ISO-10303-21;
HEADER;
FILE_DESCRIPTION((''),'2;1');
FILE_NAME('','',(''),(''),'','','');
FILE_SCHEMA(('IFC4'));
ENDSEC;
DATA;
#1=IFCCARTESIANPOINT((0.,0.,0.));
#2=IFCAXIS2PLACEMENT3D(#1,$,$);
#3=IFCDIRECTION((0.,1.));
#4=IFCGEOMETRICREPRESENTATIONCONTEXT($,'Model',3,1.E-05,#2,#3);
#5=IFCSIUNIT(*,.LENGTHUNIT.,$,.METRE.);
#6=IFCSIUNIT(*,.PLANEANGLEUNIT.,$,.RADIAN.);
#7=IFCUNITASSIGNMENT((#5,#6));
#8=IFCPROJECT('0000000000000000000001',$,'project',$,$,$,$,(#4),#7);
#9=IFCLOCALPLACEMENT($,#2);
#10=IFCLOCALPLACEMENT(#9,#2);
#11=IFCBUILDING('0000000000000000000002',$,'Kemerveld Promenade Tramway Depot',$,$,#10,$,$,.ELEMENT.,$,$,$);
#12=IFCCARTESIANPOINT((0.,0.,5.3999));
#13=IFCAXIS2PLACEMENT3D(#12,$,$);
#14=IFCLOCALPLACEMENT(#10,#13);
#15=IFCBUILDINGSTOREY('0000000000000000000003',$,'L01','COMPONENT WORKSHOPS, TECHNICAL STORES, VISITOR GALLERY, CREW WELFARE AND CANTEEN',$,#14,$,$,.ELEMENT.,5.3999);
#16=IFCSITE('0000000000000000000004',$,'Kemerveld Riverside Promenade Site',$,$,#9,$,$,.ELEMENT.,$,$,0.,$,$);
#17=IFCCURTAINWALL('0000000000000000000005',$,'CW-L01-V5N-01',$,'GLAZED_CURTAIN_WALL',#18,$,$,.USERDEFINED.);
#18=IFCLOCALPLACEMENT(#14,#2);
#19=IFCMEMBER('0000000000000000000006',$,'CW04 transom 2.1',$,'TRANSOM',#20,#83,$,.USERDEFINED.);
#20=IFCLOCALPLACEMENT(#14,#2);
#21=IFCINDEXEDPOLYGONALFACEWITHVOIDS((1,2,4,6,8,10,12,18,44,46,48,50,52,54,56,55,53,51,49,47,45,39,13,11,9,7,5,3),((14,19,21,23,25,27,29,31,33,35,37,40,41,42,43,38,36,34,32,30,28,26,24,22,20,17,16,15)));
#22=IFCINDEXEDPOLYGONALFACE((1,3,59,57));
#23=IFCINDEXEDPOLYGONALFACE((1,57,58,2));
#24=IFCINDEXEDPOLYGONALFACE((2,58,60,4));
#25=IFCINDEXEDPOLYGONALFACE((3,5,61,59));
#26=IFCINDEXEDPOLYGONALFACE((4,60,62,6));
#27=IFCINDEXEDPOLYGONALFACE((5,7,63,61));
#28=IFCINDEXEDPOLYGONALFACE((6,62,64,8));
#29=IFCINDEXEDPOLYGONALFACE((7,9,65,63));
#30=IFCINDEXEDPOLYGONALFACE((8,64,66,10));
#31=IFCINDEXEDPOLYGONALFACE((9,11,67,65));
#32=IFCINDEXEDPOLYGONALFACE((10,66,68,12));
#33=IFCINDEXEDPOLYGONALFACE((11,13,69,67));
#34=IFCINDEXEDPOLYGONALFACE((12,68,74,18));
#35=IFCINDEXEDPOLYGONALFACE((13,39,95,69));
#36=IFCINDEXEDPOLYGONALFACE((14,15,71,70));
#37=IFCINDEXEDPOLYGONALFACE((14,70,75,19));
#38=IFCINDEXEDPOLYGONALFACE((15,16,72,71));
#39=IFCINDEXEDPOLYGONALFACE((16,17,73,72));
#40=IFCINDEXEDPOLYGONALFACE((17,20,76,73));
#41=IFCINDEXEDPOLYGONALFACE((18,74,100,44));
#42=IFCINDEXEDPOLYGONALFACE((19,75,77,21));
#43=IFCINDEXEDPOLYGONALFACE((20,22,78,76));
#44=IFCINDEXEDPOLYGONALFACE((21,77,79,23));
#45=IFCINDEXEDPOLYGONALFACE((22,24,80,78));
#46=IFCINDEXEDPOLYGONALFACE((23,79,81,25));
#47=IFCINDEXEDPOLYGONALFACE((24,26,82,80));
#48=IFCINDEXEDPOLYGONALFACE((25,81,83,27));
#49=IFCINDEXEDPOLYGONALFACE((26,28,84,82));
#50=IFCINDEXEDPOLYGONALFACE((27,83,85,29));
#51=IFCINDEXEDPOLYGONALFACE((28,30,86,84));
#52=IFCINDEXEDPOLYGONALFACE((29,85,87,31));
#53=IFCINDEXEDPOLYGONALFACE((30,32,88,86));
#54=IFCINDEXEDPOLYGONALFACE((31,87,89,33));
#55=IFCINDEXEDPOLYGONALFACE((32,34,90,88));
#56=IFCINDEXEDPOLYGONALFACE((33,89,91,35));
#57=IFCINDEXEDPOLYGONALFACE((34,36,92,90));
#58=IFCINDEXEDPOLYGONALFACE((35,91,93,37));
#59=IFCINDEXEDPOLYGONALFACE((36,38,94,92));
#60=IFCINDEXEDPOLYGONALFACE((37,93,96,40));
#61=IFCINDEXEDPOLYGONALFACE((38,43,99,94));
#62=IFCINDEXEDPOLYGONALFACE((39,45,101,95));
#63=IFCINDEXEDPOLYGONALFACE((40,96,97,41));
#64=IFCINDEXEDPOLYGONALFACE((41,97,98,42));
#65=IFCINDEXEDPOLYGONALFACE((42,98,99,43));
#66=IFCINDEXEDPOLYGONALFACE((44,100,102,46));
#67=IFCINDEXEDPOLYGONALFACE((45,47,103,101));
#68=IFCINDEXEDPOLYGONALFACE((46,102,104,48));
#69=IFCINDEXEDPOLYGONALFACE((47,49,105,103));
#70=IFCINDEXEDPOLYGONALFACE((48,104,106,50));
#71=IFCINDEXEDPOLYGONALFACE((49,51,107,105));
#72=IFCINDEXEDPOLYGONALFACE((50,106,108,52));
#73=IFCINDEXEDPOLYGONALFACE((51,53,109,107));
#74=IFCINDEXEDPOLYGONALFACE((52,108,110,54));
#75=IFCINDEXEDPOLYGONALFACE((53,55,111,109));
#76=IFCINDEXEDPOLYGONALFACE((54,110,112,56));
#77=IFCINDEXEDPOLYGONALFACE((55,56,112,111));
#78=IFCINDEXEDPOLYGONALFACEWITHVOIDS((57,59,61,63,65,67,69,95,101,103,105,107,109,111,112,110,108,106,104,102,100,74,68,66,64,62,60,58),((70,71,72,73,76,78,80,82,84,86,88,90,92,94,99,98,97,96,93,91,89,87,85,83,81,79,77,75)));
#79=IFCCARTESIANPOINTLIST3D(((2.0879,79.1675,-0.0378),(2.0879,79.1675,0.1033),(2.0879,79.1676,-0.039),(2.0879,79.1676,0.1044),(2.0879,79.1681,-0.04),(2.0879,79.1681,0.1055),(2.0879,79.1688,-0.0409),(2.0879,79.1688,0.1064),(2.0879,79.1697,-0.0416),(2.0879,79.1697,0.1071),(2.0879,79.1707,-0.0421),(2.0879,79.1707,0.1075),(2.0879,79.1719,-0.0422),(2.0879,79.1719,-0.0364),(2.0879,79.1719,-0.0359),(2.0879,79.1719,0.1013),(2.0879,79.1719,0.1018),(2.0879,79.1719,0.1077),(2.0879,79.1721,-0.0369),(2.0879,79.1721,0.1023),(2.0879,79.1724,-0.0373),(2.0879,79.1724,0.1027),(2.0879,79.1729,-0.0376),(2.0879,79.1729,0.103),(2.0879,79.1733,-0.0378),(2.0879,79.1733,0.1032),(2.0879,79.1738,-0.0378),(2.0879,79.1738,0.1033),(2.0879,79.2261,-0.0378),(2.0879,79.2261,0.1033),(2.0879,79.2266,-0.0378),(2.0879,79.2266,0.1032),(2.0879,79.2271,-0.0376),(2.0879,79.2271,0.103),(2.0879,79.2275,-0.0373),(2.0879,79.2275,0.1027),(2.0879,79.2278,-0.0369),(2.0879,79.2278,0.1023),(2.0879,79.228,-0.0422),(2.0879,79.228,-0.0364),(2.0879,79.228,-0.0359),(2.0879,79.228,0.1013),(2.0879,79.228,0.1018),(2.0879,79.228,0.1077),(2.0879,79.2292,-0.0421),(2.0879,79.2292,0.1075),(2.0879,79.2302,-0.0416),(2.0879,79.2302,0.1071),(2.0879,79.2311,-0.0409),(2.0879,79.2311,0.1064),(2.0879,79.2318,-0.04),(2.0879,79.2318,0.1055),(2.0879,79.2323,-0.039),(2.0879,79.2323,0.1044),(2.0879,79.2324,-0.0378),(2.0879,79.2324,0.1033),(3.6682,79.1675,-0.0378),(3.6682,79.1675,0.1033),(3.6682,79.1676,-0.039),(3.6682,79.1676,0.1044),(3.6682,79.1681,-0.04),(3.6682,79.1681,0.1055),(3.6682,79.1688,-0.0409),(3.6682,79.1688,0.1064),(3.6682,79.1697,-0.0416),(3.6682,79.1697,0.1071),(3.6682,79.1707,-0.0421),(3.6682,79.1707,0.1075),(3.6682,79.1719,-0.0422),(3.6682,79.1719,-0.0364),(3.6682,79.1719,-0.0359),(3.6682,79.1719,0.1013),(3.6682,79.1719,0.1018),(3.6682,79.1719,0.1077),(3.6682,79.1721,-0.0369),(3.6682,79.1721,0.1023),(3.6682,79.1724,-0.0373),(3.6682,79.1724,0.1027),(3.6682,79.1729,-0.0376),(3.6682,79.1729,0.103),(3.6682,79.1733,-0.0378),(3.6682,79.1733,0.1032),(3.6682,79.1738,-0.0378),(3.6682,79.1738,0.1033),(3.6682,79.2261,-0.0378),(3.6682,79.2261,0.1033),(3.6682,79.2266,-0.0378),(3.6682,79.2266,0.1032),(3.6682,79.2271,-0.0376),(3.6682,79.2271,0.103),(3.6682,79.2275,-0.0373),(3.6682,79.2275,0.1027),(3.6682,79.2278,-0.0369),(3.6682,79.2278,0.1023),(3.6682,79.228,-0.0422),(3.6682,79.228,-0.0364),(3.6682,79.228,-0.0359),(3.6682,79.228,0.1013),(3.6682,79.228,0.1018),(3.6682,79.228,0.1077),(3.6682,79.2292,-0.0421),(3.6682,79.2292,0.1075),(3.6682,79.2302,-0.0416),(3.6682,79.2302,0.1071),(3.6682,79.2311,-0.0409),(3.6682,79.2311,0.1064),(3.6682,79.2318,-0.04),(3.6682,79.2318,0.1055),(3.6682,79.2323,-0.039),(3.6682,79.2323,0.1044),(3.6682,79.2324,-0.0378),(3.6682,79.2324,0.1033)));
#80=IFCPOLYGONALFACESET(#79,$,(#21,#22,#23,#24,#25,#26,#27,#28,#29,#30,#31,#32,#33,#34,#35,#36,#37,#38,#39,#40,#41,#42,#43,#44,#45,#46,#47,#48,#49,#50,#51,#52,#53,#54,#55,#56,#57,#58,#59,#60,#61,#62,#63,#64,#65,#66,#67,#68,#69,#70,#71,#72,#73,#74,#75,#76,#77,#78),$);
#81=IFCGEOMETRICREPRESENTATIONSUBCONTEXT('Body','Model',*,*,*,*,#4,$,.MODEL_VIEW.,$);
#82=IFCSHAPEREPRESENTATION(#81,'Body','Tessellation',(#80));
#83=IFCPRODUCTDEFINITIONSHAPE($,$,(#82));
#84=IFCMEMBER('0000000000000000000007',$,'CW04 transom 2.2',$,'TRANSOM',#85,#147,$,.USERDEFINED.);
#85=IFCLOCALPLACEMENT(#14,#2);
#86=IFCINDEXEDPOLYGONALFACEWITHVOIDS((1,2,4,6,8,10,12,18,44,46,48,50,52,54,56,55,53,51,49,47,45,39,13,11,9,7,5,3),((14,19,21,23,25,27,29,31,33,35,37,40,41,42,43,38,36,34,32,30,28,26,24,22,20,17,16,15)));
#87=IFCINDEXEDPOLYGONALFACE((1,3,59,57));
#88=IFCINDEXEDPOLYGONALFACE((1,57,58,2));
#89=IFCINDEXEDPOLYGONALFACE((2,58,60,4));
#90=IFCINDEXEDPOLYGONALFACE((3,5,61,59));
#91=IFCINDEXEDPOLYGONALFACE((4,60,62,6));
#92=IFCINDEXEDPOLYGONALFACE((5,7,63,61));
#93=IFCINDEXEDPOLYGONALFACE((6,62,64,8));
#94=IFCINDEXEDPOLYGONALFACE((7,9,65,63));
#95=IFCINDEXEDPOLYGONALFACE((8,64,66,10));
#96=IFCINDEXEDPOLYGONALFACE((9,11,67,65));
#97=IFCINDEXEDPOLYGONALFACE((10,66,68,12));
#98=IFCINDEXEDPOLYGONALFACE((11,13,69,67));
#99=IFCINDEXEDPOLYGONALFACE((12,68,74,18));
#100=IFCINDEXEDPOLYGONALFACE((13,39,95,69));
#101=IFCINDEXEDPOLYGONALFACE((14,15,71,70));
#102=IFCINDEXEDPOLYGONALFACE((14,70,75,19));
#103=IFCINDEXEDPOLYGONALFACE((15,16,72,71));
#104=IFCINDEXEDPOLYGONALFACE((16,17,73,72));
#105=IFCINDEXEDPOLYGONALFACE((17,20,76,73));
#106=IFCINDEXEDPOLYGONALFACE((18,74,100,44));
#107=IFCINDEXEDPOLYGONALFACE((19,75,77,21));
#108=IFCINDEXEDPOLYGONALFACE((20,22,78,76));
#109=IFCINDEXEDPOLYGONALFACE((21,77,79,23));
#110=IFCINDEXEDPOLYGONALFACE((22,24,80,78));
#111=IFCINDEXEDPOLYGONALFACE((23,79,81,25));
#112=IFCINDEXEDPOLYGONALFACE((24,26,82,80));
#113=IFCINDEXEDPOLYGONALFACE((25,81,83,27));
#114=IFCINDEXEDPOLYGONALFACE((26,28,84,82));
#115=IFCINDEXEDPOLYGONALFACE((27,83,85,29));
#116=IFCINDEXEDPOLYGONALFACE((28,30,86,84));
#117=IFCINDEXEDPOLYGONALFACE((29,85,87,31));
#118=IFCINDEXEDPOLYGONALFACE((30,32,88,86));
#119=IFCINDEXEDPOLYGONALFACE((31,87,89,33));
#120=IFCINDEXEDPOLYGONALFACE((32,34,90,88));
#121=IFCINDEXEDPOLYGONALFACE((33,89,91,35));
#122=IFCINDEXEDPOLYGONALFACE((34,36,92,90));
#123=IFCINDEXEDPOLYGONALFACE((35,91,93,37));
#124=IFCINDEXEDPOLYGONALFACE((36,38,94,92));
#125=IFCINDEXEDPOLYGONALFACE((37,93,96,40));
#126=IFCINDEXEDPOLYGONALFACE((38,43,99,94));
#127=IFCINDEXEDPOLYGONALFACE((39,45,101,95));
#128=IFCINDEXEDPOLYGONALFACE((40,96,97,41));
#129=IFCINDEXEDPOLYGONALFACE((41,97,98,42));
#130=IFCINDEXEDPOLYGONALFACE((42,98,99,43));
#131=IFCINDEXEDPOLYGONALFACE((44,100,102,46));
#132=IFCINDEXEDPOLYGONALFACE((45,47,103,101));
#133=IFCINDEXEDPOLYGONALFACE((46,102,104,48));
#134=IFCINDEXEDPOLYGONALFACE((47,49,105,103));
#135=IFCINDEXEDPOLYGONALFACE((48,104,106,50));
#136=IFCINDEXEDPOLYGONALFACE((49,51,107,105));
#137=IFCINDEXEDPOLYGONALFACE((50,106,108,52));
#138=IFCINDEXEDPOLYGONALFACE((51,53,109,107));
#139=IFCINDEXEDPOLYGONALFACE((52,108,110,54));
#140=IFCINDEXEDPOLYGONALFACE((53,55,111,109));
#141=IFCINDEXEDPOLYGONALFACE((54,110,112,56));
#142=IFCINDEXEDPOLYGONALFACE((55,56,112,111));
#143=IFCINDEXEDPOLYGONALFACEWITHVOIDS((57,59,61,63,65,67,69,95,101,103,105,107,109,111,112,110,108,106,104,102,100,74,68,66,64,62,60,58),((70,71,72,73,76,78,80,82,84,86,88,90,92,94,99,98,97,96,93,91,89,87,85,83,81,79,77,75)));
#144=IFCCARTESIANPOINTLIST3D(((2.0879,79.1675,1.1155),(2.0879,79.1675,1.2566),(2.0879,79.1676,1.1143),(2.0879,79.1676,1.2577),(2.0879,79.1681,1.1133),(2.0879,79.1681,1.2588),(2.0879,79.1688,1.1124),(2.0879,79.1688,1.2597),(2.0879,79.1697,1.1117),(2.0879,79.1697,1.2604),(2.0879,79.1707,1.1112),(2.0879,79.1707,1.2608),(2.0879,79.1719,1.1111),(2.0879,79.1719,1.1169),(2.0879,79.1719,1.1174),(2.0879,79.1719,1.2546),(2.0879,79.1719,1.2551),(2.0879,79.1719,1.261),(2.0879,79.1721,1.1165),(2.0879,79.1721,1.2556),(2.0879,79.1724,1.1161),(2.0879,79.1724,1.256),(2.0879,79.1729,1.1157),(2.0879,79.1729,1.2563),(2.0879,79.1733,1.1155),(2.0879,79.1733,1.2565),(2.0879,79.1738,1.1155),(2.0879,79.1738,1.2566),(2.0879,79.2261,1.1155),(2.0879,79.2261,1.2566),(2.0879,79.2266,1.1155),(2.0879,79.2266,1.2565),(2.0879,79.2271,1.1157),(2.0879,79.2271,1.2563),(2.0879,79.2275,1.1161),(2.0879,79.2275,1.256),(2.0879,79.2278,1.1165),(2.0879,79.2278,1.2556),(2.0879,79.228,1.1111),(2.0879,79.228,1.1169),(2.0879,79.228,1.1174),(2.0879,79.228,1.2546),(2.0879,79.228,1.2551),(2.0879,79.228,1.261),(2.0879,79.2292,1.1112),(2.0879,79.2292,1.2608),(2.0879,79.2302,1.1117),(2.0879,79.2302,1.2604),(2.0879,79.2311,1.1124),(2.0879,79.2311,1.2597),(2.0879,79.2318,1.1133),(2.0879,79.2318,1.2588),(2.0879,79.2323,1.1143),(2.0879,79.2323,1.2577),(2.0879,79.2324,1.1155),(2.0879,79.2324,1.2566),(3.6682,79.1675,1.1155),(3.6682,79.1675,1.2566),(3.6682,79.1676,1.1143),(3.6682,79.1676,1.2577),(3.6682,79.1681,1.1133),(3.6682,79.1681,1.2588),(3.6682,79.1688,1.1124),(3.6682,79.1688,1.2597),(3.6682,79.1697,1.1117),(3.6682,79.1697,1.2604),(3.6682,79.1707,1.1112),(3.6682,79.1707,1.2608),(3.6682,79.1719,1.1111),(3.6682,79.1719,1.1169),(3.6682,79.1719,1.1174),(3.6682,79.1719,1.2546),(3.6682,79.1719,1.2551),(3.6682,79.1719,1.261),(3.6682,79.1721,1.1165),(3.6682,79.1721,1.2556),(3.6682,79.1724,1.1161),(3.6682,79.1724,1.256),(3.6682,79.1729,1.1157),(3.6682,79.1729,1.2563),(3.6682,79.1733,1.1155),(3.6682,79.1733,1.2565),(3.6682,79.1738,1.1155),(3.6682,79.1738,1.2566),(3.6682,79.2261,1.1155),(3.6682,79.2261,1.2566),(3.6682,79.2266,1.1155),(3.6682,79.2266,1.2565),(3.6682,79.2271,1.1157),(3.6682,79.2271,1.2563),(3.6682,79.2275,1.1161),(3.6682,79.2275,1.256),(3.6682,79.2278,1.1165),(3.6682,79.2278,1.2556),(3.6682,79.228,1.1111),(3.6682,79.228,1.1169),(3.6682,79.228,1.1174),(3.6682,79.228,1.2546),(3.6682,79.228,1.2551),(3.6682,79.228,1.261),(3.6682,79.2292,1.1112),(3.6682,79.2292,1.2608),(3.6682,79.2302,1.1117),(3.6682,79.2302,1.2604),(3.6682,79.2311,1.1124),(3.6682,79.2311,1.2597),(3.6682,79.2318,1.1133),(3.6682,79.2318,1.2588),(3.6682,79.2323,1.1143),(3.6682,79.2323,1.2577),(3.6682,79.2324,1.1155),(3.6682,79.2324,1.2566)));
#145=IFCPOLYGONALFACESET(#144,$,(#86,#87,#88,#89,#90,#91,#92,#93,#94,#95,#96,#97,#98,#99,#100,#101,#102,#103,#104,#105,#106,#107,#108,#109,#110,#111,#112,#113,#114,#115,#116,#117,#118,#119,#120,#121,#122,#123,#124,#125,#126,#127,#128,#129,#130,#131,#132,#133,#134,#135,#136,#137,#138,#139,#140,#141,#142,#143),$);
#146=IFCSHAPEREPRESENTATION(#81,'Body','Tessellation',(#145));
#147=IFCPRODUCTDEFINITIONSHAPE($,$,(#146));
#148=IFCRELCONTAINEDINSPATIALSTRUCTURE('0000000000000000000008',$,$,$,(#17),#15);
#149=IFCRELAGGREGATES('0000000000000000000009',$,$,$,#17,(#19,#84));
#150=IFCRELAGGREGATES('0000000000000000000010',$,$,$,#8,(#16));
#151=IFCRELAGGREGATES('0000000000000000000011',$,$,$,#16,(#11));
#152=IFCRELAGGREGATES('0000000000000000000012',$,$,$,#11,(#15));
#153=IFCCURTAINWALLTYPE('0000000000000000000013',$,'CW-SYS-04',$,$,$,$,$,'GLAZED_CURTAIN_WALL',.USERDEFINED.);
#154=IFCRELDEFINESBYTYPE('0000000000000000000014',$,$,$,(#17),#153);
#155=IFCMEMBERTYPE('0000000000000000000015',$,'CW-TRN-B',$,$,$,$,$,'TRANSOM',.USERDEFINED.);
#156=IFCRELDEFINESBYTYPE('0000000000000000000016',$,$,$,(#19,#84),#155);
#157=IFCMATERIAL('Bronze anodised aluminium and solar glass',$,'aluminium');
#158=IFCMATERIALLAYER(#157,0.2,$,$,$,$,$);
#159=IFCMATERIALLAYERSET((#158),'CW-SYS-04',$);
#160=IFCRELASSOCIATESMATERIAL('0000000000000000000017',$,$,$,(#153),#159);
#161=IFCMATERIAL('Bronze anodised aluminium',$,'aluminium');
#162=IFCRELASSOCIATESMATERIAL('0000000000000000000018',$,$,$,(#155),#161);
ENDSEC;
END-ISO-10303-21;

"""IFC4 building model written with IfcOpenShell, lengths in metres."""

from ifc_helpers import new_model, si_unit, direction, frame, origin, origin_2d, place, context, subcontext, project, spatial, hollow_rectangle, extrude, material, layer, layer_set, material_profile, profile_set, type_object, element, aggregate, save


model = new_model("IFC4")

# Units and contexts
model_context = context("Model", 3, precision=1e-05, world=origin(), true_north=direction((0.0, 1.0)))
body_context = subcontext(model_context, "Body", "Model", "MODEL_VIEW")
ifc_project = project(units=[si_unit("LENGTHUNIT", "METRE"), si_unit("PLANEANGLEUNIT", "RADIAN")], contexts=[model_context])

# Site, building, storey
site_placement = place(None, origin())
site = spatial("IfcSite", under=ifc_project, at=site_placement, Name="Kemerveld Riverside Promenade Site", CompositionType="ELEMENT", RefElevation=0.0)
building_placement = place(site_placement, origin())
building = spatial("IfcBuilding", under=site, at=building_placement, Name="Kemerveld Promenade Tramway Depot", CompositionType="ELEMENT")
storey_placement = place(building_placement, frame((0.0, 0.0, 5.3999)))
storey = spatial("IfcBuildingStorey", under=building, at=storey_placement, Name="L01", Description="COMPONENT WORKSHOPS, TECHNICAL STORES, VISITOR GALLERY, CREW WELFARE AND CANTEEN", CompositionType="ELEMENT", Elevation=5.3999)

# Curtain wall, members
ifc_material_1 = material(Name="Bronze anodised aluminium and solar glass", Category="aluminium")
ifc_layer_1 = layer(ifc_material_1, 0.2)
ifc_layer_set_1 = layer_set([ifc_layer_1], Name="CW-SYS-04")
curtain_wall_type = type_object("IfcCurtainWallType", Name="CW-SYS-04", ElementType="GLAZED_CURTAIN_WALL", PredefinedType="USERDEFINED", material=ifc_layer_set_1)
curtain_wall_placement = place(storey_placement, origin())
curtain_wall = element("IfcCurtainWall", 1, at=curtain_wall_placement, inside=storey, type_object=curtain_wall_type, Name="CW-L01-V5N-01", ObjectType="GLAZED_CURTAIN_WALL", PredefinedType="USERDEFINED")
ifc_material_2 = material(Name="Bronze anodised aluminium", Category="aluminium")
ifc_material_profile_1 = material_profile(ifc_material_2, hollow_rectangle(XDim=0.0649, YDim=0.1499, WallThickness=0.0044, InnerFilletRadius=0.002, OuterFilletRadius=0.0044, at=origin_2d()), Name="CW-TRN-150x65")
ifc_profile_set_1 = profile_set([ifc_material_profile_1], Name="Bronze anodised aluminium")
member_type_1 = type_object("IfcMemberType", Name="CW-TRN-B", ElementType="TRANSOM", PredefinedType="USERDEFINED", material=ifc_profile_set_1)
member_1_placement = place(storey_placement, frame((2.0879, 79.2, 0.0327), z_axis=(1.0, 0.0, 0.0), x_axis=(0.0, 1.0, 0.0)))
member_1 = element("IfcMember", 2, at=member_1_placement, type_object=member_type_1, Name="CW04 transom 2.1", ObjectType="TRANSOM", PredefinedType="USERDEFINED", context=body_context, shape_type="SweptSolid", body=[
    extrude(hollow_rectangle(XDim=0.0649, YDim=0.1499, WallThickness=0.0044, InnerFilletRadius=0.002, OuterFilletRadius=0.0044, at=origin_2d()), origin(), (0.0, 0.0, 1.0), 1.5803),
])
member_2_placement = place(storey_placement, frame((2.0879, 79.2, 1.186), z_axis=(1.0, 0.0, 0.0), x_axis=(0.0, 1.0, 0.0)))
member_2 = element("IfcMember", 3, at=member_2_placement, type_object=member_type_1, Name="CW04 transom 2.2", ObjectType="TRANSOM", PredefinedType="USERDEFINED", context=body_context, shape_type="SweptSolid", body=[
    extrude(hollow_rectangle(XDim=0.0649, YDim=0.1499, WallThickness=0.0044, InnerFilletRadius=0.002, OuterFilletRadius=0.0044, at=origin_2d()), origin(), (0.0, 0.0, 1.0), 1.5803),
])
aggregate(curtain_wall, [member_1, member_2])

save(model, "model.ifc")
